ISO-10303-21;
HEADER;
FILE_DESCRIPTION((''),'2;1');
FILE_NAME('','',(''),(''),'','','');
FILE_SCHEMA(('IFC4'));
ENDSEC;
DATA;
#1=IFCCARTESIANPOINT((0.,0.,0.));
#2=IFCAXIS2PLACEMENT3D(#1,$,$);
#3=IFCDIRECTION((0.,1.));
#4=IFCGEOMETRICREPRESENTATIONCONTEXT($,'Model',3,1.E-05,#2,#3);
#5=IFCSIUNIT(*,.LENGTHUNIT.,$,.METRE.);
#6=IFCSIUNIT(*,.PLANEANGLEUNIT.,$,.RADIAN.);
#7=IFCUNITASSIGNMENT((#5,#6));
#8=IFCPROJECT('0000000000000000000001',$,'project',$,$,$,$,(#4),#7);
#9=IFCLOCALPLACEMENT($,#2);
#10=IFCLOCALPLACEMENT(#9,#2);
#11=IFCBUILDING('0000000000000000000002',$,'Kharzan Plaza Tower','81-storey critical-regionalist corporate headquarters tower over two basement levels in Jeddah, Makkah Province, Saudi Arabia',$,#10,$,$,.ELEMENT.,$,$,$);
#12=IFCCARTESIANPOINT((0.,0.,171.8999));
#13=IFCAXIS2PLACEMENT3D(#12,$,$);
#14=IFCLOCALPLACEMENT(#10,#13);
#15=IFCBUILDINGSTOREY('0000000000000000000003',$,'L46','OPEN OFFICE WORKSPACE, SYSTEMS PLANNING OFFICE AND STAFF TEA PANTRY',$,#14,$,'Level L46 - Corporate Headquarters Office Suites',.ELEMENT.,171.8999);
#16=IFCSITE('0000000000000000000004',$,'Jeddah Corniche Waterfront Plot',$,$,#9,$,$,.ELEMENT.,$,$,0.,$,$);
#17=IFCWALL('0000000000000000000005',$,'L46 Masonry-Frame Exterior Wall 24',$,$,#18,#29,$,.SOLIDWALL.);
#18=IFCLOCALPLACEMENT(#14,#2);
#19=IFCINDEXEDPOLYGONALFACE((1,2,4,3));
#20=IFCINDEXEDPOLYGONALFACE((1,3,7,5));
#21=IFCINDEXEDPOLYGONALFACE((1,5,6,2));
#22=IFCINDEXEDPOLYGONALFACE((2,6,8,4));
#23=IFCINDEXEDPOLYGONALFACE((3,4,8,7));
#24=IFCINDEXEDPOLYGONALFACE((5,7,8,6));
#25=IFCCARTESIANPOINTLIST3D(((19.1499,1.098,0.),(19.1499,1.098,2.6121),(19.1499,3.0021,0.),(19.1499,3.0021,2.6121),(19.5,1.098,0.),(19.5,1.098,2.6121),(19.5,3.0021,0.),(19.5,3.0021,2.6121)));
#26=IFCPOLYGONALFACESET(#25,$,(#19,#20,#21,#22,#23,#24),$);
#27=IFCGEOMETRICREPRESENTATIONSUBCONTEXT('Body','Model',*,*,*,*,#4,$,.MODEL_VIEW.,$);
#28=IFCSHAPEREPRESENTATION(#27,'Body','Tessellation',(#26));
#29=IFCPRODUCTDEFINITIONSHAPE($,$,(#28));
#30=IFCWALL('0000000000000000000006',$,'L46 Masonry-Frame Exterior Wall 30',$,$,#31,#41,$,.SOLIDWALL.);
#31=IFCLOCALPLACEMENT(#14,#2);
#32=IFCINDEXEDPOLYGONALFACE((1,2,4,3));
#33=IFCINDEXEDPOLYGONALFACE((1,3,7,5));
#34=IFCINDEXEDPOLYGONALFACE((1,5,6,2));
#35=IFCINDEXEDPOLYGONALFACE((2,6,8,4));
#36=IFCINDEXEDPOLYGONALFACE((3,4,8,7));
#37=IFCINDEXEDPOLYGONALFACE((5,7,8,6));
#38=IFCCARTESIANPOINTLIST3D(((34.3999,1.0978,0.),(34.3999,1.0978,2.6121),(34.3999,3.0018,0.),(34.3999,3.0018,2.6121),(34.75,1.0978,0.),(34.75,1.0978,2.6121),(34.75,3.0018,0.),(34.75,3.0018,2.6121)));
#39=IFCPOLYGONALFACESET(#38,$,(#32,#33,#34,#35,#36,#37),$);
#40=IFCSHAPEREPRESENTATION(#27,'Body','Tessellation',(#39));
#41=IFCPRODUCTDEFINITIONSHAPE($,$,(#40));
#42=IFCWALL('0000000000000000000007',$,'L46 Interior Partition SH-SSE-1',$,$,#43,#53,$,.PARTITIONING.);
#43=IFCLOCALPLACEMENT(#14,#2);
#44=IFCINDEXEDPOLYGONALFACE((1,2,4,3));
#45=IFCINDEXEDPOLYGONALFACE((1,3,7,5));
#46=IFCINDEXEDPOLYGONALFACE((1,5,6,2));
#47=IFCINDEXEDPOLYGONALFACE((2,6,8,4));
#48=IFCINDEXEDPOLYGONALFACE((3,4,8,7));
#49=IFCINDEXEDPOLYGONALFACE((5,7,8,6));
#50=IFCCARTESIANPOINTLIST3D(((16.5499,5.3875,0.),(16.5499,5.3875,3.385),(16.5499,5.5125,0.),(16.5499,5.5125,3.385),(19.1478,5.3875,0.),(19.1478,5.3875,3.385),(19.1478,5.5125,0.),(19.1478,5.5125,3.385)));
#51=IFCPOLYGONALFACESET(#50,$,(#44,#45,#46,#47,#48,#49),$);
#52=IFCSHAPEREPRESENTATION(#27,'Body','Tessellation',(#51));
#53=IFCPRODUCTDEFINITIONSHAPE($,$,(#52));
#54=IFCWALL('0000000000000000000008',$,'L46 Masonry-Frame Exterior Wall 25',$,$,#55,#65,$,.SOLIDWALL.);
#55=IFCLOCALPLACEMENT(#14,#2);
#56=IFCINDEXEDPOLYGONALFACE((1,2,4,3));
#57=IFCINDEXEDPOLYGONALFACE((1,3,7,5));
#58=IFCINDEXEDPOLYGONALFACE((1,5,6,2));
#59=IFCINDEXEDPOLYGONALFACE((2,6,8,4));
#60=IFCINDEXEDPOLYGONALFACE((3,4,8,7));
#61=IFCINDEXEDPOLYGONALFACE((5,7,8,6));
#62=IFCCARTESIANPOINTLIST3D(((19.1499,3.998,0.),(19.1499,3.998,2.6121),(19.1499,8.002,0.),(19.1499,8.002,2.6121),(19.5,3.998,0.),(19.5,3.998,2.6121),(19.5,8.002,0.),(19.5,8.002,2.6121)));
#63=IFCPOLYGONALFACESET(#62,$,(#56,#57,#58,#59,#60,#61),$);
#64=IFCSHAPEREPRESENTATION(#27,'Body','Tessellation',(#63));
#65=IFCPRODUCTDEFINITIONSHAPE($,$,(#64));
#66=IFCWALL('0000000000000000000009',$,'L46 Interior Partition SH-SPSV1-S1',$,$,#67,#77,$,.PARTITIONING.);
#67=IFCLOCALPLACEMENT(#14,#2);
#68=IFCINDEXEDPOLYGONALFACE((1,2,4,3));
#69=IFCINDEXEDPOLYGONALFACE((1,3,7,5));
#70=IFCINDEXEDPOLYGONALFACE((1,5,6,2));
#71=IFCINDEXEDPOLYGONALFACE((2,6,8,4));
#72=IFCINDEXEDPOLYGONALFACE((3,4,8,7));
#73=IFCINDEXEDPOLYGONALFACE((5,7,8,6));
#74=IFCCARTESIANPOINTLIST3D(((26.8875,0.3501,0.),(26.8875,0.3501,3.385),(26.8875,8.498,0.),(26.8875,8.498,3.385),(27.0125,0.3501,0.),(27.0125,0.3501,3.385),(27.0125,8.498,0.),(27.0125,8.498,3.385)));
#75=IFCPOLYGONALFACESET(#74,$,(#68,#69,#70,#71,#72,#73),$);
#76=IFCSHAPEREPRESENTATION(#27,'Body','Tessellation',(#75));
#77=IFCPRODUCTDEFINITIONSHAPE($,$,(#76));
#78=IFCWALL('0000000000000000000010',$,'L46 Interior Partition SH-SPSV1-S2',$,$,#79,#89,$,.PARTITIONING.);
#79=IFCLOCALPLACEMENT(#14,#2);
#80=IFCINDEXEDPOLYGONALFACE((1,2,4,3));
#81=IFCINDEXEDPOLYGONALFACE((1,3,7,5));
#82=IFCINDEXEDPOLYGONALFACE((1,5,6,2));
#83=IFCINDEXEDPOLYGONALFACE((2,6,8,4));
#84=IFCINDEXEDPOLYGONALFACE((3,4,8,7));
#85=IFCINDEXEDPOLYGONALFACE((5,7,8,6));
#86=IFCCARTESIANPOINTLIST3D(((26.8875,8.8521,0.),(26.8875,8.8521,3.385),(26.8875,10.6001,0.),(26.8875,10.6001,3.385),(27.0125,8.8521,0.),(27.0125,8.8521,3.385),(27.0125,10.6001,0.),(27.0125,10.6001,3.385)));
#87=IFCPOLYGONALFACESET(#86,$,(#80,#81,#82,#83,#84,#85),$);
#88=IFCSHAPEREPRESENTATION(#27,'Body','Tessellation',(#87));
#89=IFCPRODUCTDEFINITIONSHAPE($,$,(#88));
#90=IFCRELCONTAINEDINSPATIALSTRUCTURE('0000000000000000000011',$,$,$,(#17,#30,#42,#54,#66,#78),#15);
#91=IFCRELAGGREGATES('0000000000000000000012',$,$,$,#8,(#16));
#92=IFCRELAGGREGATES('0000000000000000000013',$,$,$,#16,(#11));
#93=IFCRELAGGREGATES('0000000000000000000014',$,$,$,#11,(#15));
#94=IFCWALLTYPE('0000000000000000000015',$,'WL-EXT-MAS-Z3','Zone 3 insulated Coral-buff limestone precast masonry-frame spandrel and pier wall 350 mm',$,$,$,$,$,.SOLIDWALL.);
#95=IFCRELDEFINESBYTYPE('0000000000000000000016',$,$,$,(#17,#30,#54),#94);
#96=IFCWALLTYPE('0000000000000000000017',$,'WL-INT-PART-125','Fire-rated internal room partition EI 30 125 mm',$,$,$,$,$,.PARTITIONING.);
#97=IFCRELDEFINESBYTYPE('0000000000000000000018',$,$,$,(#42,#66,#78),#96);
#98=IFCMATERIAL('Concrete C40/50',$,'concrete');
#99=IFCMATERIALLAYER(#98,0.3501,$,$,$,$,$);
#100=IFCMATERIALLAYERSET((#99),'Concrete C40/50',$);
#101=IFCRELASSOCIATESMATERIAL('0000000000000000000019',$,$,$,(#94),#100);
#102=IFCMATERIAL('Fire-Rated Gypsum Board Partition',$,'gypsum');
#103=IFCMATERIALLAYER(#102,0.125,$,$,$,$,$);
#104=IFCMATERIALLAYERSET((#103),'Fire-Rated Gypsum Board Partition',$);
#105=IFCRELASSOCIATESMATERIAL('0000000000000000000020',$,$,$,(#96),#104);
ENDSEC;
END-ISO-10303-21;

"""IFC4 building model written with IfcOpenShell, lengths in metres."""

from ifc_helpers import new_model, si_unit, direction, frame, frame_2d, origin, place, context, subcontext, project, spatial, rectangle, extrude, source, transform, mapped, material, layer, layer_set, type_object, element, save


model = new_model("IFC4")

# Units and contexts
model_context = context("Model", 3, precision=1e-05, world=origin(), true_north=direction((0.0, 1.0)))
body_context = subcontext(model_context, "Body", "Model", "MODEL_VIEW")
ifc_project = project(units=[si_unit("LENGTHUNIT", "METRE"), si_unit("PLANEANGLEUNIT", "RADIAN")], contexts=[model_context])

# Site, building, storey
site_placement = place(None, origin())
site = spatial("IfcSite", under=ifc_project, at=site_placement, Name="Jeddah Corniche Waterfront Plot", CompositionType="ELEMENT", RefElevation=0.0)
building_placement = place(site_placement, origin())
building = spatial("IfcBuilding", under=site, at=building_placement, Name="Kharzan Plaza Tower", Description="81-storey critical-regionalist corporate headquarters tower over two basement levels in Jeddah, Makkah Province, Saudi Arabia", CompositionType="ELEMENT")
storey_placement = place(building_placement, frame((0.0, 0.0, 171.8999)))
storey = spatial("IfcBuildingStorey", under=building, at=storey_placement, Name="L46", Description="OPEN OFFICE WORKSPACE, SYSTEMS PLANNING OFFICE AND STAFF TEA PANTRY", LongName="Level L46 - Corporate Headquarters Office Suites", CompositionType="ELEMENT", Elevation=171.8999)

# Shared definitions
ifc_material_1 = material(Name="Concrete C40/50", Category="concrete")
ifc_layer_1 = layer(ifc_material_1, 0.3501)
ifc_layer_set_1 = layer_set([ifc_layer_1], Name="Concrete C40/50")
wall_type_1 = type_object("IfcWallType", Name="WL-EXT-MAS-Z3", Description="Zone 3 insulated Coral-buff limestone precast masonry-frame spandrel and pier wall 350 mm", PredefinedType="SOLIDWALL", material=ifc_layer_set_1)

# Walls
shared_shape_1 = source(origin(), body_context, "Body", "SweptSolid", [
    extrude(rectangle(XDim=1.9041, YDim=0.3501, at=frame_2d((0.9521, 0.0))), origin(), (0.0, 0.0, 1.0), 2.6121),
])
for number, where, z_axis, x_axis, name in (
    (1, (19.325, 1.0979, 0.0), (0.0, 0.0, 1.0), (0.0, 1.0, 0.0), "L46 Masonry-Frame Exterior Wall 24"),
    (2, (34.575, 3.002, 0.0), (0.0, 0.0, 1.0), (0.0, -1.0, 0.0), "L46 Masonry-Frame Exterior Wall 30"),
):
    element("IfcWall", number, at=place(storey_placement, frame(where, z_axis=z_axis, x_axis=x_axis)), inside=storey, type_object=wall_type_1, Name=name, PredefinedType="SOLIDWALL", context=body_context, shape_type="MappedRepresentation", body=[
        mapped(shared_shape_1, transform((0.0, 0.0, 0.0), x_axis=(1.0, 0.0, 0.0), y_axis=(0.0, 1.0, 0.0), z_axis=(0.0, 0.0, 1.0))),
    ])
ifc_material_2 = material(Name="Fire-Rated Gypsum Board Partition", Category="gypsum")
ifc_layer_2 = layer(ifc_material_2, 0.125)
ifc_layer_set_2 = layer_set([ifc_layer_2], Name="Fire-Rated Gypsum Board Partition")
wall_type_2 = type_object("IfcWallType", Name="WL-INT-PART-125", Description="Fire-rated internal room partition EI 30 125 mm", PredefinedType="PARTITIONING", material=ifc_layer_set_2)
shared_shape_2 = source(origin(), body_context, "Body", "SweptSolid", [
    extrude(rectangle(XDim=2.5979, YDim=0.125, at=frame_2d((1.2988, 0.0))), origin(), (0.0, 0.0, 1.0), 3.385),
])
wall_1_placement = place(storey_placement, frame((16.55, 5.45, 0.0), z_axis=(0.0, 0.0, 1.0), x_axis=(1.0, 0.0, 0.0)))
element("IfcWall", 3, at=wall_1_placement, inside=storey, type_object=wall_type_2, Name="L46 Interior Partition SH-SSE-1", PredefinedType="PARTITIONING", context=body_context, shape_type="MappedRepresentation", body=[
    mapped(shared_shape_2, transform((0.0, 0.0, 0.0), x_axis=(1.0, 0.0, 0.0), y_axis=(0.0, 1.0, 0.0), z_axis=(0.0, 0.0, 1.0))),
])
shared_shape_3 = source(origin(), body_context, "Body", "SweptSolid", [
    extrude(rectangle(XDim=4.0039, YDim=0.3501, at=frame_2d((2.002, 0.0))), origin(), (0.0, 0.0, 1.0), 2.6121),
])
wall_2_placement = place(storey_placement, frame((19.325, 3.998, 0.0), z_axis=(0.0, 0.0, 1.0), x_axis=(0.0, 1.0, 0.0)))
element("IfcWall", 4, at=wall_2_placement, inside=storey, type_object=wall_type_1, Name="L46 Masonry-Frame Exterior Wall 25", PredefinedType="SOLIDWALL", context=body_context, shape_type="MappedRepresentation", body=[
    mapped(shared_shape_3, transform((0.0, 0.0, 0.0), x_axis=(1.0, 0.0, 0.0), y_axis=(0.0, 1.0, 0.0), z_axis=(0.0, 0.0, 1.0))),
])
shared_shape_4 = source(origin(), body_context, "Body", "SweptSolid", [
    extrude(rectangle(XDim=8.1479, YDim=0.125, at=frame_2d((4.074, 0.0))), origin(), (0.0, 0.0, 1.0), 3.385),
])
wall_3_placement = place(storey_placement, frame((26.95, 0.3501, 0.0), z_axis=(0.0, 0.0, 1.0), x_axis=(0.0, 1.0, 0.0)))
element("IfcWall", 5, at=wall_3_placement, inside=storey, type_object=wall_type_2, Name="L46 Interior Partition SH-SPSV1-S1", PredefinedType="PARTITIONING", context=body_context, shape_type="MappedRepresentation", body=[
    mapped(shared_shape_4, transform((0.0, 0.0, 0.0), x_axis=(1.0, 0.0, 0.0), y_axis=(0.0, 1.0, 0.0), z_axis=(0.0, 0.0, 1.0))),
])
shared_shape_5 = source(origin(), body_context, "Body", "SweptSolid", [
    extrude(rectangle(XDim=1.748, YDim=0.125, at=frame_2d((0.874, 0.0))), origin(), (0.0, 0.0, 1.0), 3.385),
])
wall_4_placement = place(storey_placement, frame((26.95, 8.8521, 0.0), z_axis=(0.0, 0.0, 1.0), x_axis=(0.0, 1.0, 0.0)))
element("IfcWall", 6, at=wall_4_placement, inside=storey, type_object=wall_type_2, Name="L46 Interior Partition SH-SPSV1-S2", PredefinedType="PARTITIONING", context=body_context, shape_type="MappedRepresentation", body=[
    mapped(shared_shape_5, transform((0.0, 0.0, 0.0), x_axis=(1.0, 0.0, 0.0), y_axis=(0.0, 1.0, 0.0), z_axis=(0.0, 0.0, 1.0))),
])

save(model, "model.ifc")
